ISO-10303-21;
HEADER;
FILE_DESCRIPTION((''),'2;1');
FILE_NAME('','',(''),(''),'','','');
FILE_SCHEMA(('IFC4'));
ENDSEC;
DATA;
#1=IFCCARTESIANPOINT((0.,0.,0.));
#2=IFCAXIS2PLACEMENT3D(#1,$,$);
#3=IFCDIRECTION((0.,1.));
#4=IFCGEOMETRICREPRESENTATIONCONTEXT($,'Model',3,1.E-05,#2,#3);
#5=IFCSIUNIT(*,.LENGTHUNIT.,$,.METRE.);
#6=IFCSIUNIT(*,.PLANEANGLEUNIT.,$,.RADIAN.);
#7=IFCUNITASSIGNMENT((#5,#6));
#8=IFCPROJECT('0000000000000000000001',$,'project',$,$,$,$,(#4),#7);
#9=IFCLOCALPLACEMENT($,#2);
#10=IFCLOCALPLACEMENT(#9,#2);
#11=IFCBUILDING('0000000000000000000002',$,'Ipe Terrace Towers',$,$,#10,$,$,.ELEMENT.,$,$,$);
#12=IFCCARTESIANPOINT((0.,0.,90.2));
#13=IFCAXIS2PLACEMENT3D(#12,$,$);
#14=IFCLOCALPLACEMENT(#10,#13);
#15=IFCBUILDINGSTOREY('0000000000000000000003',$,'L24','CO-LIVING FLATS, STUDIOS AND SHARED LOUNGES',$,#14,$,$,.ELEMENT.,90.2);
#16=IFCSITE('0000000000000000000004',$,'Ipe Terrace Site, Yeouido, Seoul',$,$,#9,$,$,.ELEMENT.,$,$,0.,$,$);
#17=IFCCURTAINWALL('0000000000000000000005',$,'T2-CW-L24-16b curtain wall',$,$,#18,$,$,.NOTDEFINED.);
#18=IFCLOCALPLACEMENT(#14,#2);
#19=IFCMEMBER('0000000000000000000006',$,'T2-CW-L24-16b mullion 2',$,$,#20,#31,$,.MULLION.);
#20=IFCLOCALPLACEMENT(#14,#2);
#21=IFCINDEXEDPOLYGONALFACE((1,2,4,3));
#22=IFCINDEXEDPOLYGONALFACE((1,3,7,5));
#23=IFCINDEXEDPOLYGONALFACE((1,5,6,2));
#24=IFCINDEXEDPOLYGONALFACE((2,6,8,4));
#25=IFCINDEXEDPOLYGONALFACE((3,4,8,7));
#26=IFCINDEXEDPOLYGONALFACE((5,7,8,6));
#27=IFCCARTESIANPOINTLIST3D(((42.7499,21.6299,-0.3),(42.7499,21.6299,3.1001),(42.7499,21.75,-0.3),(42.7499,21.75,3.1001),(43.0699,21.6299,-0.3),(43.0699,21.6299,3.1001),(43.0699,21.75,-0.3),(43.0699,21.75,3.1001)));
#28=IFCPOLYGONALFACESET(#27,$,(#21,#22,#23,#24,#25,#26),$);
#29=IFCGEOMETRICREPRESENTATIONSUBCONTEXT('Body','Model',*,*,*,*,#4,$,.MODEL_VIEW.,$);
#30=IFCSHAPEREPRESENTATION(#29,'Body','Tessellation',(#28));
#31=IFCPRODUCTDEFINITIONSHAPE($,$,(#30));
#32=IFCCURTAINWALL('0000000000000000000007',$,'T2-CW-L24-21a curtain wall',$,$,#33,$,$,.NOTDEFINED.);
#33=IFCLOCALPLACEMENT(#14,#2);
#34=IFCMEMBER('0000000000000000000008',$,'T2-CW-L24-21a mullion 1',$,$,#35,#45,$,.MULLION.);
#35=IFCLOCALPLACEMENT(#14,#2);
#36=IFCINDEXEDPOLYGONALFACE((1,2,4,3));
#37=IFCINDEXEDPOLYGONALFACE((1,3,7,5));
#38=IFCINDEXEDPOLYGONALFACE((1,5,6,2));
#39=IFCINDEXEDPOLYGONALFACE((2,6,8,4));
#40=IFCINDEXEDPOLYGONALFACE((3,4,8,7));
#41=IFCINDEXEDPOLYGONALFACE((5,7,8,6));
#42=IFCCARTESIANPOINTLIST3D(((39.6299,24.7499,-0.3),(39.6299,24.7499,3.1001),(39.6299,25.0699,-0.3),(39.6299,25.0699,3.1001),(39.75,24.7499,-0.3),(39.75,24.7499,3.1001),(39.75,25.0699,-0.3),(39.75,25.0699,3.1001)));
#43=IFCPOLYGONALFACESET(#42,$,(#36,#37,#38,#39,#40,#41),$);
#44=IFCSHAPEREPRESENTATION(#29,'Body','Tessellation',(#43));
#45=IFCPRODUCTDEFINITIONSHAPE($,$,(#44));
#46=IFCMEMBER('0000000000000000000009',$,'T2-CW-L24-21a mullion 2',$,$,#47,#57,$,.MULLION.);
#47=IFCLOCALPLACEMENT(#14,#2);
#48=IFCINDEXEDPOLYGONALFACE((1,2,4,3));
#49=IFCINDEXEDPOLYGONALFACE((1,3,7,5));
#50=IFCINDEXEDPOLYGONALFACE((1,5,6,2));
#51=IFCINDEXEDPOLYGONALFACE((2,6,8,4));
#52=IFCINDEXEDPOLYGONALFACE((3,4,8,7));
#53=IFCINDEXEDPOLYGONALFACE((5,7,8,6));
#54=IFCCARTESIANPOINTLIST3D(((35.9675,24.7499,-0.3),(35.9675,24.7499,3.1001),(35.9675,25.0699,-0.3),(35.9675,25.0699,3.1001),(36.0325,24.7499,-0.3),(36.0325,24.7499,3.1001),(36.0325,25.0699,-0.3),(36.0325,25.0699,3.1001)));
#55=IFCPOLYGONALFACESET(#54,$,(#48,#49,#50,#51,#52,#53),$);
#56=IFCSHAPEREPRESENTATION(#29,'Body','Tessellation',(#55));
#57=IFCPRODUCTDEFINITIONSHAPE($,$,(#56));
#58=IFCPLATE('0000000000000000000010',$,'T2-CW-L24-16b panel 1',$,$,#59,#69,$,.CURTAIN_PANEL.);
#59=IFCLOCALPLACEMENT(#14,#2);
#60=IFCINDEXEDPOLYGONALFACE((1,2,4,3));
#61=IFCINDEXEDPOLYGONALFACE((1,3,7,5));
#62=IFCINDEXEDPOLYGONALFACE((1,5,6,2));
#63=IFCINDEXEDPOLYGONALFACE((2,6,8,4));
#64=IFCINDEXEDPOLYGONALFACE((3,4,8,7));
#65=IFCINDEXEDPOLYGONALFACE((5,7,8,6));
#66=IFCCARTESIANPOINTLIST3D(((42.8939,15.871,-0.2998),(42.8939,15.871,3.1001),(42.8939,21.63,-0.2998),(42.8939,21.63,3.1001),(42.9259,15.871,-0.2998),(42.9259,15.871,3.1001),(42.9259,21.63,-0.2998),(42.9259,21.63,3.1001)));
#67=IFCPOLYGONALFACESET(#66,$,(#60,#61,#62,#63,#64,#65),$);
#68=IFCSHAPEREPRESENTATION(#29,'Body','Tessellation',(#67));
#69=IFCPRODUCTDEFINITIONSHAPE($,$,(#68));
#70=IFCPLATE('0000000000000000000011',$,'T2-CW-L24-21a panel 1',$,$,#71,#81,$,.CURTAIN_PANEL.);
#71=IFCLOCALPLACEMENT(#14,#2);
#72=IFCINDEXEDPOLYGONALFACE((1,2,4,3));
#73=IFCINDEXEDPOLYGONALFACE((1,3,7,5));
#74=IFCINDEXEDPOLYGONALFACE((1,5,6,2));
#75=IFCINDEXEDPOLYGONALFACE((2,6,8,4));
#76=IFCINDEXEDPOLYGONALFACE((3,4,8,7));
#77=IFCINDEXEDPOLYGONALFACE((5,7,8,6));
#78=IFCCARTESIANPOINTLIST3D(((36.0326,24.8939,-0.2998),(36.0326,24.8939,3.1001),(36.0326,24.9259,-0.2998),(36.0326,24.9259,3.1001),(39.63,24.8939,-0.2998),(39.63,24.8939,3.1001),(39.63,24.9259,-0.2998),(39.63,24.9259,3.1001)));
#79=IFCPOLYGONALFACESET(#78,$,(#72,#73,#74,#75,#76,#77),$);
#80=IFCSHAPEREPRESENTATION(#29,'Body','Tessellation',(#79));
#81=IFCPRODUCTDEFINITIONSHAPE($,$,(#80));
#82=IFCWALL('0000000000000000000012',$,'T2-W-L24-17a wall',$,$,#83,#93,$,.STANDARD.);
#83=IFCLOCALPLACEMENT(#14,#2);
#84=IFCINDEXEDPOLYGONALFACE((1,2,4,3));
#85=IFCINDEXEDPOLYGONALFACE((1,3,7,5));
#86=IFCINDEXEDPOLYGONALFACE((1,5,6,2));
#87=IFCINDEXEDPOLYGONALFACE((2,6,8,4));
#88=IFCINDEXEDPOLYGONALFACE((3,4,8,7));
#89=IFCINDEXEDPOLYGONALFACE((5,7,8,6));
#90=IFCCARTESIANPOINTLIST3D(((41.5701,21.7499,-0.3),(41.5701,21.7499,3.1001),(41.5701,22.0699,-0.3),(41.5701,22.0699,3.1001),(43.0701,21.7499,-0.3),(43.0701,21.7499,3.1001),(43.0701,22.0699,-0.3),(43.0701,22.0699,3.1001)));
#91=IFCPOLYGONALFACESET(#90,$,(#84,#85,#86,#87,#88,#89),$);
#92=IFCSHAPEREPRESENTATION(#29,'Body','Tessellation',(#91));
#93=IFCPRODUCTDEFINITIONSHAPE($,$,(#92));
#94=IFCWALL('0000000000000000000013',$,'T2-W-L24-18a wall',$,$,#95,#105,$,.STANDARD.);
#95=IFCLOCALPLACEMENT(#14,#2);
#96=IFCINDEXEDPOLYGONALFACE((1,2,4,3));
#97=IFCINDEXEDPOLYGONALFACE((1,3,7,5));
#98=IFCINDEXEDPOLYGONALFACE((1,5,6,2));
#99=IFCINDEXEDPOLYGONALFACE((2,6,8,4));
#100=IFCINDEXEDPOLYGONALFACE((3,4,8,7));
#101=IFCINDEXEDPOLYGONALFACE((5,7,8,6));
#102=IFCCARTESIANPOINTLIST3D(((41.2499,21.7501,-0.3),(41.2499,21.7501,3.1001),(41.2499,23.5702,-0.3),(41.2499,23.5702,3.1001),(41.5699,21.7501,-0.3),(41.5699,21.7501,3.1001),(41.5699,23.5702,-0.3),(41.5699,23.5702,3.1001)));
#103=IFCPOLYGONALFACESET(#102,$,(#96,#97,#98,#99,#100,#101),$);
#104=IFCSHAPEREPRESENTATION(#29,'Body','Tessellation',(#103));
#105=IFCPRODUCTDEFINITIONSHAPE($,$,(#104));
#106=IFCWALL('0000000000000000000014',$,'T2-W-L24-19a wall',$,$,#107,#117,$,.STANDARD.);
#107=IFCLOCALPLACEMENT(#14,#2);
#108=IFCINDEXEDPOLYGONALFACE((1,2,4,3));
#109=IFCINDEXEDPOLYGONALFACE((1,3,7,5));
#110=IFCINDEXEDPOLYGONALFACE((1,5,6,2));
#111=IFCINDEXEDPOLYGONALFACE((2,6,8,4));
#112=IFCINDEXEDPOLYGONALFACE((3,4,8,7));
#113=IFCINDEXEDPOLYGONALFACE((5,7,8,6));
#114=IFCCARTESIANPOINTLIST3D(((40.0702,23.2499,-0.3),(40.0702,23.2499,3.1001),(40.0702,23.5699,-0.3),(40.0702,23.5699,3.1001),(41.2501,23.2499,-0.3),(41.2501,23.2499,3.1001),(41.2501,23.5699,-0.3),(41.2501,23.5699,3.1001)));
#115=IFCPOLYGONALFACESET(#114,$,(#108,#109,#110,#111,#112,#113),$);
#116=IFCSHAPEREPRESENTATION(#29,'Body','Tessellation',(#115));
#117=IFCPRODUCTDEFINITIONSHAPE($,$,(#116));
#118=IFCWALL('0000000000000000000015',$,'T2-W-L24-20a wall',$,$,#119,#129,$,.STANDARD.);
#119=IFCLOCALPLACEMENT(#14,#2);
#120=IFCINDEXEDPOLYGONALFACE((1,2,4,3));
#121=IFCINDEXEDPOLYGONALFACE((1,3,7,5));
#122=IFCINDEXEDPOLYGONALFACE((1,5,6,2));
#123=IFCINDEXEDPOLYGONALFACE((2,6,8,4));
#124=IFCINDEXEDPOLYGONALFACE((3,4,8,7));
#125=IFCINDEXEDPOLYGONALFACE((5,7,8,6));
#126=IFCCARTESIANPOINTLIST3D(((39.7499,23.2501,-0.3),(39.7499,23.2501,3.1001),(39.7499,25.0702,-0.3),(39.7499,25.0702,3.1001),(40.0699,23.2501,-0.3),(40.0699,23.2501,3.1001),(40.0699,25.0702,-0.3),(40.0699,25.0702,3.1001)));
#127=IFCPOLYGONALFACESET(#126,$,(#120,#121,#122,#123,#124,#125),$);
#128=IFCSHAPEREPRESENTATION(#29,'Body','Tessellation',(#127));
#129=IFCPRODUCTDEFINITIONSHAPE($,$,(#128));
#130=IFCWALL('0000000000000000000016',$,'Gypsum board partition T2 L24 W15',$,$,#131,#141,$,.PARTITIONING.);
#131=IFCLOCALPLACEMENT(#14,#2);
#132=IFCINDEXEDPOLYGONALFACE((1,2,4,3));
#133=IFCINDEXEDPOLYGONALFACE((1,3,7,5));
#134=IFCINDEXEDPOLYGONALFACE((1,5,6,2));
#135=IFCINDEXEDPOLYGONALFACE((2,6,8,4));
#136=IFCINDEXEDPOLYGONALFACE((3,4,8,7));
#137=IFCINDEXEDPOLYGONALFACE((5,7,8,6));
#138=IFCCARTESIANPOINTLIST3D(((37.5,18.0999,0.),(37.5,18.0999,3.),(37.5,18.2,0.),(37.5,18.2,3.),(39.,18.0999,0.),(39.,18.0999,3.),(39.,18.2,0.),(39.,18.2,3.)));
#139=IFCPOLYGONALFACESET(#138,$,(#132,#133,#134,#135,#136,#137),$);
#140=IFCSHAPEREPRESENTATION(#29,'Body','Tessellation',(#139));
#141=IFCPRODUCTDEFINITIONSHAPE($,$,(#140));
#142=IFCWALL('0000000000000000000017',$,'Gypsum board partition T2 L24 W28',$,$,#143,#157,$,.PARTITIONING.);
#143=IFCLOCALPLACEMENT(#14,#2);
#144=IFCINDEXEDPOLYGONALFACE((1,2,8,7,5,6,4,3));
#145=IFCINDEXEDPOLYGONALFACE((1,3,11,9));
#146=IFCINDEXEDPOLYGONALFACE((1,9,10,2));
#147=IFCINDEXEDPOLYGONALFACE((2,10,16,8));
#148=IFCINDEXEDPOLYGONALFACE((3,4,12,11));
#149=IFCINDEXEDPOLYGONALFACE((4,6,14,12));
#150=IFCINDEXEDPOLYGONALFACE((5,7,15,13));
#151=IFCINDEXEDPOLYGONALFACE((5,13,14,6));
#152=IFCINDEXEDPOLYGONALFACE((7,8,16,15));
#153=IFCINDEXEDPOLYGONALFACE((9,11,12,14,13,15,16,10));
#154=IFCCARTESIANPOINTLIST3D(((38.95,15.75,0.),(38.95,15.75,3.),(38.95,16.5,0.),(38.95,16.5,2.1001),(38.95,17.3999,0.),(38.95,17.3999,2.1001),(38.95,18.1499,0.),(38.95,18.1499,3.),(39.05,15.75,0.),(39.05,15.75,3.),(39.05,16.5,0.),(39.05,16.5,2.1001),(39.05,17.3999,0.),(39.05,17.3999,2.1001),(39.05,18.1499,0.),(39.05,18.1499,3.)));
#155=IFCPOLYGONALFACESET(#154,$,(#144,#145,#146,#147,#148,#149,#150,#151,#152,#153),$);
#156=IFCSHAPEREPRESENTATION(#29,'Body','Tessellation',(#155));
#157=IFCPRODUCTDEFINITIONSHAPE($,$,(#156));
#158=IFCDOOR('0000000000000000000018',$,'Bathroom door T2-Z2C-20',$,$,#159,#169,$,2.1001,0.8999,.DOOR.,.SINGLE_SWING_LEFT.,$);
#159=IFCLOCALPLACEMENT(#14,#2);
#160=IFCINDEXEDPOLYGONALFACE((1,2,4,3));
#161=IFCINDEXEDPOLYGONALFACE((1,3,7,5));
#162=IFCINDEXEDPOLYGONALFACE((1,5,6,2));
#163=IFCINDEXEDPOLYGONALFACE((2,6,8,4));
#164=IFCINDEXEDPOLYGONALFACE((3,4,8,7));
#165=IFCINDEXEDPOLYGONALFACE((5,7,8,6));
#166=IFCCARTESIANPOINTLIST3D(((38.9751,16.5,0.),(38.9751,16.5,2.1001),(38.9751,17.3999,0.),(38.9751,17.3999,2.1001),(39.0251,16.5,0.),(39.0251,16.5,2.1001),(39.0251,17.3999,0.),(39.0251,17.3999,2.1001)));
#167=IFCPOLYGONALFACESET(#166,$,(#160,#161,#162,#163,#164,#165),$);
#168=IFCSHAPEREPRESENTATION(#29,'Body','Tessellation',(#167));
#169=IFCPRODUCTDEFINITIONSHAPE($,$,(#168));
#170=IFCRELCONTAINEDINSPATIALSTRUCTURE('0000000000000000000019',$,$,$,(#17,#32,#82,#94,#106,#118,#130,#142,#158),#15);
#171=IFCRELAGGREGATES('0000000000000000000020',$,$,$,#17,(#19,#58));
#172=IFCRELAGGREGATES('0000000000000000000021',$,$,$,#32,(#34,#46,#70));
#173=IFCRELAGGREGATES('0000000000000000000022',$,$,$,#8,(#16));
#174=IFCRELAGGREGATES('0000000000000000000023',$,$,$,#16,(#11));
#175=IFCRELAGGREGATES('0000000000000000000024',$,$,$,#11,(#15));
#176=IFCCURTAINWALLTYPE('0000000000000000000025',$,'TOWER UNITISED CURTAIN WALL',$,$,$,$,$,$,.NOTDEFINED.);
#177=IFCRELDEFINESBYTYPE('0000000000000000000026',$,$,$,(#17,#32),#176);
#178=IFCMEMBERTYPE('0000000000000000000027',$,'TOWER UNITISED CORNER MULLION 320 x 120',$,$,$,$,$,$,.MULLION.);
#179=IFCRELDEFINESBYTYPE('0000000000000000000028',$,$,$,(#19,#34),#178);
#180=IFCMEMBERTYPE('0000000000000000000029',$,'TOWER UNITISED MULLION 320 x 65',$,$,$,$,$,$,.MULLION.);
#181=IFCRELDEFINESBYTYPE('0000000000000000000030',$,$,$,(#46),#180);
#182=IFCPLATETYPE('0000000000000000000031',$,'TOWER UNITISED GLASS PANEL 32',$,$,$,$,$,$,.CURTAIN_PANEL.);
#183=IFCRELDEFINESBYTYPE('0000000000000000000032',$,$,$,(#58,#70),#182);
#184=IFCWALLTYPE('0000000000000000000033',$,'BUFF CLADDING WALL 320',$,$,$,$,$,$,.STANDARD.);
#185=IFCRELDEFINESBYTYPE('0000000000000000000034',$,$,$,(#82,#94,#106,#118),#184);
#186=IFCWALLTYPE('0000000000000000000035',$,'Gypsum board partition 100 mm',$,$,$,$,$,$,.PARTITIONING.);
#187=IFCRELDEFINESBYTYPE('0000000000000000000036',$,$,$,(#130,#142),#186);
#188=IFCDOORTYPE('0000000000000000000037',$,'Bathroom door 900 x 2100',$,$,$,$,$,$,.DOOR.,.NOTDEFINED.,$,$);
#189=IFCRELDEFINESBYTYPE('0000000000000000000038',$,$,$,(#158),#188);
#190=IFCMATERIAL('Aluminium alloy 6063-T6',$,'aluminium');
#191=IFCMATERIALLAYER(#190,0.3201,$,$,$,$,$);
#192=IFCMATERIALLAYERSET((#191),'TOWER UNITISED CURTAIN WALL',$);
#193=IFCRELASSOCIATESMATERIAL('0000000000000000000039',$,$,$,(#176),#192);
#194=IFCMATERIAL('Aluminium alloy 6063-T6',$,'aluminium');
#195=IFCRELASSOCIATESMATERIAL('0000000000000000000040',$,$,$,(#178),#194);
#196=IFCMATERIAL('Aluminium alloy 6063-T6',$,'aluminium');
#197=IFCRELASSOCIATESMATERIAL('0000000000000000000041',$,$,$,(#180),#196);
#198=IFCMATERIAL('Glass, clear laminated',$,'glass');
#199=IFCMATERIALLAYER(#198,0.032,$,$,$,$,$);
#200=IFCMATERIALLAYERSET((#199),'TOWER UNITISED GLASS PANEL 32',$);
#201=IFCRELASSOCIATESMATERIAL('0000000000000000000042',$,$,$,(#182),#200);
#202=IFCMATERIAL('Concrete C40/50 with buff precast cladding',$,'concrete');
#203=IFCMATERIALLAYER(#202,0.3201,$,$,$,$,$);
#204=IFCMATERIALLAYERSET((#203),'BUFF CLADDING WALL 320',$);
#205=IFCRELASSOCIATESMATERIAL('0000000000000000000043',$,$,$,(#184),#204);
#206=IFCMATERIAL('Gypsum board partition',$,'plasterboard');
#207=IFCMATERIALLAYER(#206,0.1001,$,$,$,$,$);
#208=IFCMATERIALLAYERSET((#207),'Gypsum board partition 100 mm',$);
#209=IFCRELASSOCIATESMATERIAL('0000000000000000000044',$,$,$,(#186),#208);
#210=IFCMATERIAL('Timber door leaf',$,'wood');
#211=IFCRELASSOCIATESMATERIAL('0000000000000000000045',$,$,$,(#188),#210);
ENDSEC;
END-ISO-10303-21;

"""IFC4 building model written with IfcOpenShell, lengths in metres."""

from ifc_helpers import new_model, si_unit, direction, frame, frame_2d, origin, origin_2d, place, context, subcontext, project, spatial, rectangle, extrude, material, layer, layer_set, material_profile, profile_set, type_object, element, fill, aggregate, save


model = new_model("IFC4")

# Units and contexts
model_context = context("Model", 3, precision=1e-05, world=origin(), true_north=direction((0.0, 1.0)))
body_context = subcontext(model_context, "Body", "Model", "MODEL_VIEW")
ifc_project = project(units=[si_unit("LENGTHUNIT", "METRE"), si_unit("PLANEANGLEUNIT", "RADIAN")], contexts=[model_context])

# Site, building, storey
site_placement = place(None, origin())
site = spatial("IfcSite", under=ifc_project, at=site_placement, Name="Ipe Terrace Site, Yeouido, Seoul", CompositionType="ELEMENT", RefElevation=0.0)
building_placement = place(site_placement, origin())
building = spatial("IfcBuilding", under=site, at=building_placement, Name="Ipe Terrace Towers", CompositionType="ELEMENT")
storey_placement = place(building_placement, frame((0.0, 0.0, 90.2)))
storey = spatial("IfcBuildingStorey", under=building, at=storey_placement, Name="L24", Description="CO-LIVING FLATS, STUDIOS AND SHARED LOUNGES", CompositionType="ELEMENT", Elevation=90.2)

# Curtain walls, members
ifc_material_1 = material(Name="Aluminium alloy 6063-T6", Category="aluminium")
ifc_layer_1 = layer(ifc_material_1, 0.3201)
ifc_layer_set_1 = layer_set([ifc_layer_1], Name="TOWER UNITISED CURTAIN WALL")
curtain_wall_type = type_object("IfcCurtainWallType", Name="TOWER UNITISED CURTAIN WALL", PredefinedType="NOTDEFINED", material=ifc_layer_set_1)
curtain_wall_1_placement = place(storey_placement, origin())
curtain_wall_1 = element("IfcCurtainWall", 1, at=curtain_wall_1_placement, inside=storey, type_object=curtain_wall_type, Name="T2-CW-L24-16b curtain wall", PredefinedType="NOTDEFINED")
ifc_material_2 = material(Name="Aluminium alloy 6063-T6", Category="aluminium")
ifc_material_profile_1 = material_profile(ifc_material_2, rectangle(XDim=0.3201, YDim=0.1201, at=origin_2d()), Name="TOWER UNITISED CORNER MULLION 320 x 120")
ifc_profile_set_1 = profile_set([ifc_material_profile_1], Name="Aluminium alloy 6063-T6")
member_type_1 = type_object("IfcMemberType", Name="TOWER UNITISED CORNER MULLION 320 x 120", PredefinedType="MULLION", material=ifc_profile_set_1)
member_1_placement = place(storey_placement, frame((42.9099, 21.6899, -0.3), z_axis=(0.0, 0.0, 1.0), x_axis=(1.0, 0.0, 0.0)))
member_1 = element("IfcMember", 2, at=member_1_placement, type_object=member_type_1, Name="T2-CW-L24-16b mullion 2", PredefinedType="MULLION", context=body_context, shape_type="SweptSolid", body=[
    extrude(rectangle(XDim=0.3201, YDim=0.1201, at=origin_2d()), origin(), (0.0, 0.0, 1.0), 3.4001),
])
curtain_wall_2_placement = place(storey_placement, origin())
curtain_wall_2 = element("IfcCurtainWall", 3, at=curtain_wall_2_placement, inside=storey, type_object=curtain_wall_type, Name="T2-CW-L24-21a curtain wall", PredefinedType="NOTDEFINED")
member_2_placement = place(storey_placement, frame((39.6899, 24.9099, -0.3), z_axis=(0.0, 0.0, 1.0), x_axis=(0.0, 1.0, 0.0)))
member_2 = element("IfcMember", 4, at=member_2_placement, type_object=member_type_1, Name="T2-CW-L24-21a mullion 1", PredefinedType="MULLION", context=body_context, shape_type="SweptSolid", body=[
    extrude(rectangle(XDim=0.3201, YDim=0.1201, at=origin_2d()), origin(), (0.0, 0.0, 1.0), 3.4001),
])
ifc_material_3 = material(Name="Aluminium alloy 6063-T6", Category="aluminium")
ifc_material_profile_2 = material_profile(ifc_material_3, rectangle(XDim=0.3201, YDim=0.0649, at=origin_2d()), Name="TOWER UNITISED MULLION 320 x 65")
ifc_profile_set_2 = profile_set([ifc_material_profile_2], Name="Aluminium alloy 6063-T6")
member_type_2 = type_object("IfcMemberType", Name="TOWER UNITISED MULLION 320 x 65", PredefinedType="MULLION", material=ifc_profile_set_2)
member_3_placement = place(storey_placement, frame((36.0, 24.9099, -0.3), z_axis=(0.0, 0.0, 1.0), x_axis=(0.0, 1.0, 0.0)))
member_3 = element("IfcMember", 5, at=member_3_placement, type_object=member_type_2, Name="T2-CW-L24-21a mullion 2", PredefinedType="MULLION", context=body_context, shape_type="SweptSolid", body=[
    extrude(rectangle(XDim=0.3201, YDim=0.0649, at=origin_2d()), origin(), (0.0, 0.0, 1.0), 3.4001),
])

# Plates
ifc_material_4 = material(Name="Glass, clear laminated", Category="glass")
ifc_layer_2 = layer(ifc_material_4, 0.032)
ifc_layer_set_2 = layer_set([ifc_layer_2], Name="TOWER UNITISED GLASS PANEL 32")
plate_type = type_object("IfcPlateType", Name="TOWER UNITISED GLASS PANEL 32", PredefinedType="CURTAIN_PANEL", material=ifc_layer_set_2)
plate_1_placement = place(storey_placement, frame((42.9099, 18.7505, -0.2998), z_axis=(0.0, 0.0, 1.0), x_axis=(0.0, 1.0, 0.0)))
plate_1 = element("IfcPlate", 6, at=plate_1_placement, type_object=plate_type, Name="T2-CW-L24-16b panel 1", PredefinedType="CURTAIN_PANEL", context=body_context, shape_type="SweptSolid", body=[
    extrude(rectangle(XDim=5.759, YDim=0.032, at=origin_2d()), origin(), (0.0, 0.0, 1.0), 3.3999),
])
aggregate(curtain_wall_1, [member_1, plate_1])
plate_2_placement = place(storey_placement, frame((37.8313, 24.9099, -0.2998), z_axis=(0.0, 0.0, 1.0), x_axis=(-1.0, 0.0, 0.0)))
plate_2 = element("IfcPlate", 7, at=plate_2_placement, type_object=plate_type, Name="T2-CW-L24-21a panel 1", PredefinedType="CURTAIN_PANEL", context=body_context, shape_type="SweptSolid", body=[
    extrude(rectangle(XDim=3.5974, YDim=0.032, at=origin_2d()), origin(), (0.0, 0.0, 1.0), 3.3999),
])
aggregate(curtain_wall_2, [member_2, member_3, plate_2])

# Walls
ifc_material_5 = material(Name="Concrete C40/50 with buff precast cladding", Category="concrete")
ifc_layer_3 = layer(ifc_material_5, 0.3201)
ifc_layer_set_3 = layer_set([ifc_layer_3], Name="BUFF CLADDING WALL 320")
wall_type_1 = type_object("IfcWallType", Name="BUFF CLADDING WALL 320", PredefinedType="STANDARD", material=ifc_layer_set_3)
wall_1_placement = place(storey_placement, frame((43.0701, 21.9099, -0.3), z_axis=(0.0, 0.0, 1.0), x_axis=(-1.0, 0.0, 0.0)))
element("IfcWall", 8, at=wall_1_placement, inside=storey, type_object=wall_type_1, Name="T2-W-L24-17a wall", PredefinedType="STANDARD", context=body_context, shape_type="SweptSolid", body=[
    extrude(rectangle(XDim=1.5, YDim=0.3201, at=frame_2d((0.75, 0.0))), origin(), (0.0, 0.0, 1.0), 3.4001),
])
wall_2_placement = place(storey_placement, frame((41.4099, 21.75, -0.3), z_axis=(0.0, 0.0, 1.0), x_axis=(0.0, 1.0, 0.0)))
element("IfcWall", 9, at=wall_2_placement, inside=storey, type_object=wall_type_1, Name="T2-W-L24-18a wall", PredefinedType="STANDARD", context=body_context, shape_type="SweptSolid", body=[
    extrude(rectangle(XDim=1.8201, YDim=0.3201, at=frame_2d((0.9102, 0.0))), origin(), (0.0, 0.0, 1.0), 3.4001),
])
wall_3_placement = place(storey_placement, frame((41.25, 23.4099, -0.3), z_axis=(0.0, 0.0, 1.0), x_axis=(-1.0, 0.0, 0.0)))
element("IfcWall", 10, at=wall_3_placement, inside=storey, type_object=wall_type_1, Name="T2-W-L24-19a wall", PredefinedType="STANDARD", context=body_context, shape_type="SweptSolid", body=[
    extrude(rectangle(XDim=1.1799, YDim=0.3201, at=frame_2d((0.5898, 0.0))), origin(), (0.0, 0.0, 1.0), 3.4001),
])
wall_4_placement = place(storey_placement, frame((39.9099, 23.25, -0.3), z_axis=(0.0, 0.0, 1.0), x_axis=(0.0, 1.0, 0.0)))
element("IfcWall", 11, at=wall_4_placement, inside=storey, type_object=wall_type_1, Name="T2-W-L24-20a wall", PredefinedType="STANDARD", context=body_context, shape_type="SweptSolid", body=[
    extrude(rectangle(XDim=1.8201, YDim=0.3201, at=frame_2d((0.9102, 0.0))), origin(), (0.0, 0.0, 1.0), 3.4001),
])
ifc_material_6 = material(Name="Gypsum board partition", Category="plasterboard")
ifc_layer_4 = layer(ifc_material_6, 0.1001)
ifc_layer_set_4 = layer_set([ifc_layer_4], Name="Gypsum board partition 100 mm")
wall_type_2 = type_object("IfcWallType", Name="Gypsum board partition 100 mm", PredefinedType="PARTITIONING", material=ifc_layer_set_4)
wall_5_placement = place(storey_placement, frame((39.0, 18.1499, 0.0), z_axis=(0.0, 0.0, 1.0), x_axis=(-1.0, 0.0, 0.0)))
element("IfcWall", 12, at=wall_5_placement, inside=storey, type_object=wall_type_2, Name="Gypsum board partition T2 L24 W15", PredefinedType="PARTITIONING", context=body_context, shape_type="SweptSolid", body=[
    extrude(rectangle(XDim=1.5, YDim=0.1001, at=frame_2d((0.75, 0.0))), origin(), (0.0, 0.0, 1.0), 3.0),
])

# Wall, opening, door
wall_6_placement = place(storey_placement, frame((39.0, 15.75, 0.0), z_axis=(0.0, 0.0, 1.0), x_axis=(0.0, 1.0, 0.0)))
wall_6 = element("IfcWall", 13, at=wall_6_placement, inside=storey, type_object=wall_type_2, Name="Gypsum board partition T2 L24 W28", PredefinedType="PARTITIONING", context=body_context, shape_type="SweptSolid", body=[
    extrude(rectangle(XDim=2.3999, YDim=0.1001, at=frame_2d((1.2, 0.0))), origin(), (0.0, 0.0, 1.0), 3.0),
])
opening_1_placement = place(wall_6_placement, frame((0.75, 0.0, 0.0)))
opening_1 = element("IfcOpeningElement", 14, at=opening_1_placement, cuts=wall_6, PredefinedType="OPENING", context=body_context, shape_type="SweptSolid", body=[
    extrude(rectangle(XDim=0.8999, YDim=2.1001, at=frame_2d((0.45, 1.05))), frame((0.0, 0.0601, 0.0), z_axis=(0.0, -1.0, 0.0), x_axis=(1.0, 0.0, 0.0)), (0.0, 0.0, 1.0), 0.1201),
])
ifc_material_7 = material(Name="Timber door leaf", Category="wood")
door_type_1 = type_object("IfcDoorType", Name="Bathroom door 900 x 2100", OperationType="NOTDEFINED", PredefinedType="DOOR", material=ifc_material_7)
door_1_placement = place(opening_1_placement, origin())
door_1 = element("IfcDoor", 15, at=door_1_placement, inside=storey, type_object=door_type_1, Name="Bathroom door T2-Z2C-20", OperationType="SINGLE_SWING_LEFT", OverallHeight=2.1001, OverallWidth=0.8999, PredefinedType="DOOR", context=body_context, shape_type="SweptSolid", body=[
    extrude(rectangle(XDim=0.8999, YDim=2.1001, at=frame_2d((0.45, 1.05))), frame((0.0, 0.0249, 0.0), z_axis=(0.0, -1.0, 0.0), x_axis=(1.0, 0.0, 0.0)), (0.0, 0.0, 1.0), 0.05),
])
fill(opening_1, door_1)

save(model, "model.ifc")
